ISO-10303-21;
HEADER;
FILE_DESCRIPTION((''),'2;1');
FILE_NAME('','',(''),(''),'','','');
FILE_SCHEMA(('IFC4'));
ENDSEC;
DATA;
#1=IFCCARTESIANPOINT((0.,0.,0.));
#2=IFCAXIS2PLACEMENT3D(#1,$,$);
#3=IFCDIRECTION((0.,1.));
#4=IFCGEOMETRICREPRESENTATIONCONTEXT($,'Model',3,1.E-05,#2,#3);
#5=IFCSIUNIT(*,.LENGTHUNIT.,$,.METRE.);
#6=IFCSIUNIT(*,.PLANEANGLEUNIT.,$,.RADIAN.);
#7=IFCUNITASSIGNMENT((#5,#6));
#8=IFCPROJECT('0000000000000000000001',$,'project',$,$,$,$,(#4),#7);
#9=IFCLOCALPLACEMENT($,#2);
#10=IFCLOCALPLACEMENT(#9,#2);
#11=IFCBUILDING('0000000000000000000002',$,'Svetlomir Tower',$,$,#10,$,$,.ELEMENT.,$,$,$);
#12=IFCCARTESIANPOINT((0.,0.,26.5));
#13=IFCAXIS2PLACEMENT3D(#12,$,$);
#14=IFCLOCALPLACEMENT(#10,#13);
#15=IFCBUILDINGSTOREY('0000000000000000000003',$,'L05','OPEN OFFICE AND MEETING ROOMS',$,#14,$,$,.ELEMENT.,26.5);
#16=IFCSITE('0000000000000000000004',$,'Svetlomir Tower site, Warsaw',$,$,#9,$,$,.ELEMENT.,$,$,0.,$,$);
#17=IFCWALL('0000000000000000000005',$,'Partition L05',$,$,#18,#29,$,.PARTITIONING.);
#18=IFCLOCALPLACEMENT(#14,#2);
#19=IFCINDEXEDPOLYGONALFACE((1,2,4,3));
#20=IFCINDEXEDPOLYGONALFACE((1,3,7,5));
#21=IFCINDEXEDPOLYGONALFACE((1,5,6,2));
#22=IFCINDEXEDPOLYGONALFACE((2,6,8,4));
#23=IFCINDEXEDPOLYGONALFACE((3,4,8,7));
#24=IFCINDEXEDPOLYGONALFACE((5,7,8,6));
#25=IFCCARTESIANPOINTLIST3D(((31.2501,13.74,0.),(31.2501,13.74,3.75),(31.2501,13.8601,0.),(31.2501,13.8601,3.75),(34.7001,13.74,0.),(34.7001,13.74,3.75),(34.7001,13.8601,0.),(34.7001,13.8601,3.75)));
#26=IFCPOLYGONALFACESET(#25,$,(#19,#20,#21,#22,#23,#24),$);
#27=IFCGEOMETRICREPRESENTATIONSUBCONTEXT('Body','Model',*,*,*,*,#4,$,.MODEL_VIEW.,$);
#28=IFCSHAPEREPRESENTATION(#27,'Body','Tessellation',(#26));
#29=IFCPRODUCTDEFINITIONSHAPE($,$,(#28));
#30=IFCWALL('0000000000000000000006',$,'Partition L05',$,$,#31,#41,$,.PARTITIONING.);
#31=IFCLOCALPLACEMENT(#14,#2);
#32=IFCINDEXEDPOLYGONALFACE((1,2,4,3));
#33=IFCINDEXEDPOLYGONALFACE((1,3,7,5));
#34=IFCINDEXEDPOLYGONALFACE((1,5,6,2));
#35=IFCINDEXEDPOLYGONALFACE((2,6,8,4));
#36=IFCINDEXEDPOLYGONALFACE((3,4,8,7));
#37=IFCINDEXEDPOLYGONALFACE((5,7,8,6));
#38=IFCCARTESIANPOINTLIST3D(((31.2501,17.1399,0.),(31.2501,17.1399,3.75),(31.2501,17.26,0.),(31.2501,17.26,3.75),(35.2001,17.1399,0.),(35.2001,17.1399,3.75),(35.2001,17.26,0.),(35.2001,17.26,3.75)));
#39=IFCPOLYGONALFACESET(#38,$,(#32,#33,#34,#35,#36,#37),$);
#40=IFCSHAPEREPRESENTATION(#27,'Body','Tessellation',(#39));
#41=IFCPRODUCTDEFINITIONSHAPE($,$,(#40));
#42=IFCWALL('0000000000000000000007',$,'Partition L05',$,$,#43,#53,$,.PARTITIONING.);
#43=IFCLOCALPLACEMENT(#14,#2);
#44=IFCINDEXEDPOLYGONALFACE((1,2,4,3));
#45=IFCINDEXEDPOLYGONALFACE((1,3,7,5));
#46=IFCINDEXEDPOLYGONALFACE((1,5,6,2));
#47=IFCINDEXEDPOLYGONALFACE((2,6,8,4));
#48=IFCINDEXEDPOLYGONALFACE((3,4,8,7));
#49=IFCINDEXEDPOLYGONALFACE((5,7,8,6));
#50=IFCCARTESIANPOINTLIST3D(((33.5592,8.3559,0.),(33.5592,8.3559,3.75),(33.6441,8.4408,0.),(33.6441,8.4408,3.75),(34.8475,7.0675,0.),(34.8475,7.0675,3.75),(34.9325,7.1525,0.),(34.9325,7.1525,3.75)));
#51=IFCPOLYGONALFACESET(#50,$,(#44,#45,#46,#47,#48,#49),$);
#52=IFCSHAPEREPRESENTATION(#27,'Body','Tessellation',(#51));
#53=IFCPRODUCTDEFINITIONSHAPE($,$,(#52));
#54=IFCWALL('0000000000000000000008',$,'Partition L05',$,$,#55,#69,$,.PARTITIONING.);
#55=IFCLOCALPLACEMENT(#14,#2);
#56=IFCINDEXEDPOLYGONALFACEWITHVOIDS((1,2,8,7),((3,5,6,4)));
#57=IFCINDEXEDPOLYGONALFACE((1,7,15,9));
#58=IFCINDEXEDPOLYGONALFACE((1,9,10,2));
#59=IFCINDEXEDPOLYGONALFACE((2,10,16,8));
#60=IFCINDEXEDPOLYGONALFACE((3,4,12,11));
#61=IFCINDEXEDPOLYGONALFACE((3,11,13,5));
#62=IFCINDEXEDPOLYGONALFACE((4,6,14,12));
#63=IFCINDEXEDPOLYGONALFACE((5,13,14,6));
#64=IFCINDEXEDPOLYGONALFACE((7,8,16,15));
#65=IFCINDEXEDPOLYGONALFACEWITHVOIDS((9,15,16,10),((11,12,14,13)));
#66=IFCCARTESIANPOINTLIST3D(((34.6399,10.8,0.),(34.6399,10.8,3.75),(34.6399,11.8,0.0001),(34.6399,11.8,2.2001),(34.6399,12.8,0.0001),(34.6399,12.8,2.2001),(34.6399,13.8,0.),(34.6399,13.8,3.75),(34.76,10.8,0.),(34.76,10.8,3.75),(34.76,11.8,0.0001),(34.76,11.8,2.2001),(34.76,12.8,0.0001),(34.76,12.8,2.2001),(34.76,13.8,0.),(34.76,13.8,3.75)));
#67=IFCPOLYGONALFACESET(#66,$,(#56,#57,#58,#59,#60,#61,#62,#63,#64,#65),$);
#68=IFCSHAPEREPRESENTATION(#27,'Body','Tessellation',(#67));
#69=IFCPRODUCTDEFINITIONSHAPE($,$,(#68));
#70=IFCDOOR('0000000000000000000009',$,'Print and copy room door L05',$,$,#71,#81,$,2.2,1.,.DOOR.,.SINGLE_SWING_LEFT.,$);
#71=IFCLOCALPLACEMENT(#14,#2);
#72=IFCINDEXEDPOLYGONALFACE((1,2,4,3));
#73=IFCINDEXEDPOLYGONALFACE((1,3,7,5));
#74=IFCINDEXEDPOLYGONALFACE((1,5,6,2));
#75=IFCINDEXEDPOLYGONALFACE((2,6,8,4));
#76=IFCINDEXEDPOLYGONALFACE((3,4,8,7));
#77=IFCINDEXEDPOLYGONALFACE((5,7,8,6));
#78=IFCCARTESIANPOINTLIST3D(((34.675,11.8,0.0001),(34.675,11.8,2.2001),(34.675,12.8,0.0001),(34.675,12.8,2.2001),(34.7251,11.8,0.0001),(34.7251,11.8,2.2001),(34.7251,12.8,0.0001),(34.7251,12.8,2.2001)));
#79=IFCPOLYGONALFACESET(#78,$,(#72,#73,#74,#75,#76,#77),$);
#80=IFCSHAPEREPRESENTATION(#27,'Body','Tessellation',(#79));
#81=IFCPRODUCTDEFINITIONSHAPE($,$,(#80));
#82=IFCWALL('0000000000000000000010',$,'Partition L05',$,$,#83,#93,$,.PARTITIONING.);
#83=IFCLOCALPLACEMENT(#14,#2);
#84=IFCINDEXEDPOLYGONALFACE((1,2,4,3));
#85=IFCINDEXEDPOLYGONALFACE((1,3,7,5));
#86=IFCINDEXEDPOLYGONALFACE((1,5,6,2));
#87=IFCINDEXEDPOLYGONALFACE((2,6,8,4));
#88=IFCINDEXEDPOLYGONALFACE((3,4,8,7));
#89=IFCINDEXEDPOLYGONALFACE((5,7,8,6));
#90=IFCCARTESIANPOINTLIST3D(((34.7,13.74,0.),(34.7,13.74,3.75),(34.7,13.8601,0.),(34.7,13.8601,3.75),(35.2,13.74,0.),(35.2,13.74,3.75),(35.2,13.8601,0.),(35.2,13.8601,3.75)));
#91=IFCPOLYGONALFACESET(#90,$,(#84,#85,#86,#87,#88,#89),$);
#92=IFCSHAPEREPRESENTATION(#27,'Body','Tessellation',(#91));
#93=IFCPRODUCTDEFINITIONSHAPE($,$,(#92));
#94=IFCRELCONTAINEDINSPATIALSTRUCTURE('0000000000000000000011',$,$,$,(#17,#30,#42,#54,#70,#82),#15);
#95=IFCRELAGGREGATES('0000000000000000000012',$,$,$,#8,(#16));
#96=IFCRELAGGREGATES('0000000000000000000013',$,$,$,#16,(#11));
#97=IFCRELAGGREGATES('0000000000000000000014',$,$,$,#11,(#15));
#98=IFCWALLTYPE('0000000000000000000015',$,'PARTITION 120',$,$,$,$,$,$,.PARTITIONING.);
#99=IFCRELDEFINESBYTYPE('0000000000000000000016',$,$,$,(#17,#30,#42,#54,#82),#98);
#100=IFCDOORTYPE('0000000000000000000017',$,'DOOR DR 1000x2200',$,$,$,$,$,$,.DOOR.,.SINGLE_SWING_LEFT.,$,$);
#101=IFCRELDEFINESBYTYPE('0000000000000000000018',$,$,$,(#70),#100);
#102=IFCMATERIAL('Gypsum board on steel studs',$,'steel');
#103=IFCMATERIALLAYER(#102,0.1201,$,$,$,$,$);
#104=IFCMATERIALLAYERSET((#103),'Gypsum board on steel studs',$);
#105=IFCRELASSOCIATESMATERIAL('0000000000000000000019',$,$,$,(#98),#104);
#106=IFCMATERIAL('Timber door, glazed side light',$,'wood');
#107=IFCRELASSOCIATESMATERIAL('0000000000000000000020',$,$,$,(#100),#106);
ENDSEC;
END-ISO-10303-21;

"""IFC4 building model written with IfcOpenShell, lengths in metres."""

from ifc_helpers import new_model, si_unit, direction, frame, frame_2d, origin, place, context, subcontext, project, spatial, rectangle, extrude, material, layer, layer_set, type_object, element, fill, save


model = new_model("IFC4")

# Units and contexts
model_context = context("Model", 3, precision=1e-05, world=origin(), true_north=direction((0.0, 1.0)))
body_context = subcontext(model_context, "Body", "Model", "MODEL_VIEW")
ifc_project = project(units=[si_unit("LENGTHUNIT", "METRE"), si_unit("PLANEANGLEUNIT", "RADIAN")], contexts=[model_context])

# Site, building, storey
site_placement = place(None, origin())
site = spatial("IfcSite", under=ifc_project, at=site_placement, Name="Svetlomir Tower site, Warsaw", CompositionType="ELEMENT", RefElevation=0.0)
building_placement = place(site_placement, origin())
building = spatial("IfcBuilding", under=site, at=building_placement, Name="Svetlomir Tower", CompositionType="ELEMENT")
storey_placement = place(building_placement, frame((0.0, 0.0, 26.5)))
storey = spatial("IfcBuildingStorey", under=building, at=storey_placement, Name="L05", Description="OPEN OFFICE AND MEETING ROOMS", CompositionType="ELEMENT", Elevation=26.5)

# Walls
ifc_material_1 = material(Name="Gypsum board on steel studs", Category="steel")
ifc_layer_1 = layer(ifc_material_1, 0.1201)
ifc_layer_set_1 = layer_set([ifc_layer_1], Name="Gypsum board on steel studs")
wall_type_1 = type_object("IfcWallType", Name="PARTITION 120", PredefinedType="PARTITIONING", material=ifc_layer_set_1)
for number, where, z_axis, x_axis, name in (
    (1, (31.25, 13.8, 0.0), (0.0, 0.0, 1.0), (1.0, 0.0, 0.0), "Partition L05"),
):
    element("IfcWall", number, at=place(storey_placement, frame(where, z_axis=z_axis, x_axis=x_axis)), inside=storey, type_object=wall_type_1, Name=name, PredefinedType="PARTITIONING", context=body_context, shape_type="SweptSolid", body=[
        extrude(rectangle(XDim=3.45, YDim=0.1201, at=frame_2d((1.7251, 0.0))), origin(), (0.0, 0.0, 1.0), 3.75),
    ])
wall_1_placement = place(storey_placement, frame((31.25, 17.2, 0.0), z_axis=(0.0, 0.0, 1.0), x_axis=(1.0, 0.0, 0.0)))
element("IfcWall", 2, at=wall_1_placement, inside=storey, type_object=wall_type_1, Name="Partition L05", PredefinedType="PARTITIONING", context=body_context, shape_type="SweptSolid", body=[
    extrude(rectangle(XDim=3.95, YDim=0.1201, at=frame_2d((1.9751, 0.0))), origin(), (0.0, 0.0, 1.0), 3.75),
])
wall_2_placement = place(storey_placement, frame((33.6016, 8.3984, 0.0), z_axis=(0.0, 0.0, 1.0), x_axis=(0.707107, -0.707107, 0.0)))
element("IfcWall", 3, at=wall_2_placement, inside=storey, type_object=wall_type_1, Name="Partition L05", PredefinedType="PARTITIONING", context=body_context, shape_type="SweptSolid", body=[
    extrude(rectangle(XDim=1.822, YDim=0.1201, at=frame_2d((0.9111, 0.0))), origin(), (0.0, 0.0, 1.0), 3.75),
])

# Wall, opening, door
wall_3_placement = place(storey_placement, frame((34.7, 10.8, 0.0), z_axis=(0.0, 0.0, 1.0), x_axis=(0.0, 1.0, 0.0)))
wall_3 = element("IfcWall", 4, at=wall_3_placement, inside=storey, type_object=wall_type_1, Name="Partition L05", PredefinedType="PARTITIONING", context=body_context, shape_type="SweptSolid", body=[
    extrude(rectangle(XDim=3.0, YDim=0.1201, at=frame_2d((1.5, 0.0))), origin(), (0.0, 0.0, 1.0), 3.75),
])
opening_1_placement = place(wall_3_placement, frame((1.0, 0.0, 0.0)))
opening_1 = element("IfcOpeningElement", 5, at=opening_1_placement, cuts=wall_3, PredefinedType="OPENING", context=body_context, shape_type="SweptSolid", body=[
    extrude(rectangle(XDim=1.0, YDim=2.2, at=frame_2d((0.5, 1.1001))), frame((0.0, 0.0701, 0.0), z_axis=(0.0, -1.0, 0.0), x_axis=(1.0, 0.0, 0.0)), (0.0, 0.0, 1.0), 0.1401),
])
ifc_material_2 = material(Name="Timber door, glazed side light", Category="wood")
door_type_1 = type_object("IfcDoorType", Name="DOOR DR 1000x2200", OperationType="SINGLE_SWING_LEFT", PredefinedType="DOOR", material=ifc_material_2)
door_1_placement = place(opening_1_placement, origin())
door_1 = element("IfcDoor", 6, at=door_1_placement, inside=storey, type_object=door_type_1, Name="Print and copy room door L05", OperationType="SINGLE_SWING_LEFT", OverallHeight=2.2, OverallWidth=1.0, PredefinedType="DOOR", context=body_context, shape_type="SweptSolid", body=[
    extrude(rectangle(XDim=1.0, YDim=2.2, at=frame_2d((0.5, 1.1001))), frame((0.0, 0.0249, 0.0), z_axis=(0.0, -1.0, 0.0), x_axis=(1.0, 0.0, 0.0)), (0.0, 0.0, 1.0), 0.05),
])
fill(opening_1, door_1)

# Wall
wall_4_placement = place(storey_placement, frame((34.7, 13.8, 0.0), z_axis=(0.0, 0.0, 1.0), x_axis=(1.0, 0.0, 0.0)))
element("IfcWall", 7, at=wall_4_placement, inside=storey, type_object=wall_type_1, Name="Partition L05", PredefinedType="PARTITIONING", context=body_context, shape_type="SweptSolid", body=[
    extrude(rectangle(XDim=0.5, YDim=0.1201, at=frame_2d((0.25, 0.0))), origin(), (0.0, 0.0, 1.0), 3.75),
])

save(model, "model.ifc")
